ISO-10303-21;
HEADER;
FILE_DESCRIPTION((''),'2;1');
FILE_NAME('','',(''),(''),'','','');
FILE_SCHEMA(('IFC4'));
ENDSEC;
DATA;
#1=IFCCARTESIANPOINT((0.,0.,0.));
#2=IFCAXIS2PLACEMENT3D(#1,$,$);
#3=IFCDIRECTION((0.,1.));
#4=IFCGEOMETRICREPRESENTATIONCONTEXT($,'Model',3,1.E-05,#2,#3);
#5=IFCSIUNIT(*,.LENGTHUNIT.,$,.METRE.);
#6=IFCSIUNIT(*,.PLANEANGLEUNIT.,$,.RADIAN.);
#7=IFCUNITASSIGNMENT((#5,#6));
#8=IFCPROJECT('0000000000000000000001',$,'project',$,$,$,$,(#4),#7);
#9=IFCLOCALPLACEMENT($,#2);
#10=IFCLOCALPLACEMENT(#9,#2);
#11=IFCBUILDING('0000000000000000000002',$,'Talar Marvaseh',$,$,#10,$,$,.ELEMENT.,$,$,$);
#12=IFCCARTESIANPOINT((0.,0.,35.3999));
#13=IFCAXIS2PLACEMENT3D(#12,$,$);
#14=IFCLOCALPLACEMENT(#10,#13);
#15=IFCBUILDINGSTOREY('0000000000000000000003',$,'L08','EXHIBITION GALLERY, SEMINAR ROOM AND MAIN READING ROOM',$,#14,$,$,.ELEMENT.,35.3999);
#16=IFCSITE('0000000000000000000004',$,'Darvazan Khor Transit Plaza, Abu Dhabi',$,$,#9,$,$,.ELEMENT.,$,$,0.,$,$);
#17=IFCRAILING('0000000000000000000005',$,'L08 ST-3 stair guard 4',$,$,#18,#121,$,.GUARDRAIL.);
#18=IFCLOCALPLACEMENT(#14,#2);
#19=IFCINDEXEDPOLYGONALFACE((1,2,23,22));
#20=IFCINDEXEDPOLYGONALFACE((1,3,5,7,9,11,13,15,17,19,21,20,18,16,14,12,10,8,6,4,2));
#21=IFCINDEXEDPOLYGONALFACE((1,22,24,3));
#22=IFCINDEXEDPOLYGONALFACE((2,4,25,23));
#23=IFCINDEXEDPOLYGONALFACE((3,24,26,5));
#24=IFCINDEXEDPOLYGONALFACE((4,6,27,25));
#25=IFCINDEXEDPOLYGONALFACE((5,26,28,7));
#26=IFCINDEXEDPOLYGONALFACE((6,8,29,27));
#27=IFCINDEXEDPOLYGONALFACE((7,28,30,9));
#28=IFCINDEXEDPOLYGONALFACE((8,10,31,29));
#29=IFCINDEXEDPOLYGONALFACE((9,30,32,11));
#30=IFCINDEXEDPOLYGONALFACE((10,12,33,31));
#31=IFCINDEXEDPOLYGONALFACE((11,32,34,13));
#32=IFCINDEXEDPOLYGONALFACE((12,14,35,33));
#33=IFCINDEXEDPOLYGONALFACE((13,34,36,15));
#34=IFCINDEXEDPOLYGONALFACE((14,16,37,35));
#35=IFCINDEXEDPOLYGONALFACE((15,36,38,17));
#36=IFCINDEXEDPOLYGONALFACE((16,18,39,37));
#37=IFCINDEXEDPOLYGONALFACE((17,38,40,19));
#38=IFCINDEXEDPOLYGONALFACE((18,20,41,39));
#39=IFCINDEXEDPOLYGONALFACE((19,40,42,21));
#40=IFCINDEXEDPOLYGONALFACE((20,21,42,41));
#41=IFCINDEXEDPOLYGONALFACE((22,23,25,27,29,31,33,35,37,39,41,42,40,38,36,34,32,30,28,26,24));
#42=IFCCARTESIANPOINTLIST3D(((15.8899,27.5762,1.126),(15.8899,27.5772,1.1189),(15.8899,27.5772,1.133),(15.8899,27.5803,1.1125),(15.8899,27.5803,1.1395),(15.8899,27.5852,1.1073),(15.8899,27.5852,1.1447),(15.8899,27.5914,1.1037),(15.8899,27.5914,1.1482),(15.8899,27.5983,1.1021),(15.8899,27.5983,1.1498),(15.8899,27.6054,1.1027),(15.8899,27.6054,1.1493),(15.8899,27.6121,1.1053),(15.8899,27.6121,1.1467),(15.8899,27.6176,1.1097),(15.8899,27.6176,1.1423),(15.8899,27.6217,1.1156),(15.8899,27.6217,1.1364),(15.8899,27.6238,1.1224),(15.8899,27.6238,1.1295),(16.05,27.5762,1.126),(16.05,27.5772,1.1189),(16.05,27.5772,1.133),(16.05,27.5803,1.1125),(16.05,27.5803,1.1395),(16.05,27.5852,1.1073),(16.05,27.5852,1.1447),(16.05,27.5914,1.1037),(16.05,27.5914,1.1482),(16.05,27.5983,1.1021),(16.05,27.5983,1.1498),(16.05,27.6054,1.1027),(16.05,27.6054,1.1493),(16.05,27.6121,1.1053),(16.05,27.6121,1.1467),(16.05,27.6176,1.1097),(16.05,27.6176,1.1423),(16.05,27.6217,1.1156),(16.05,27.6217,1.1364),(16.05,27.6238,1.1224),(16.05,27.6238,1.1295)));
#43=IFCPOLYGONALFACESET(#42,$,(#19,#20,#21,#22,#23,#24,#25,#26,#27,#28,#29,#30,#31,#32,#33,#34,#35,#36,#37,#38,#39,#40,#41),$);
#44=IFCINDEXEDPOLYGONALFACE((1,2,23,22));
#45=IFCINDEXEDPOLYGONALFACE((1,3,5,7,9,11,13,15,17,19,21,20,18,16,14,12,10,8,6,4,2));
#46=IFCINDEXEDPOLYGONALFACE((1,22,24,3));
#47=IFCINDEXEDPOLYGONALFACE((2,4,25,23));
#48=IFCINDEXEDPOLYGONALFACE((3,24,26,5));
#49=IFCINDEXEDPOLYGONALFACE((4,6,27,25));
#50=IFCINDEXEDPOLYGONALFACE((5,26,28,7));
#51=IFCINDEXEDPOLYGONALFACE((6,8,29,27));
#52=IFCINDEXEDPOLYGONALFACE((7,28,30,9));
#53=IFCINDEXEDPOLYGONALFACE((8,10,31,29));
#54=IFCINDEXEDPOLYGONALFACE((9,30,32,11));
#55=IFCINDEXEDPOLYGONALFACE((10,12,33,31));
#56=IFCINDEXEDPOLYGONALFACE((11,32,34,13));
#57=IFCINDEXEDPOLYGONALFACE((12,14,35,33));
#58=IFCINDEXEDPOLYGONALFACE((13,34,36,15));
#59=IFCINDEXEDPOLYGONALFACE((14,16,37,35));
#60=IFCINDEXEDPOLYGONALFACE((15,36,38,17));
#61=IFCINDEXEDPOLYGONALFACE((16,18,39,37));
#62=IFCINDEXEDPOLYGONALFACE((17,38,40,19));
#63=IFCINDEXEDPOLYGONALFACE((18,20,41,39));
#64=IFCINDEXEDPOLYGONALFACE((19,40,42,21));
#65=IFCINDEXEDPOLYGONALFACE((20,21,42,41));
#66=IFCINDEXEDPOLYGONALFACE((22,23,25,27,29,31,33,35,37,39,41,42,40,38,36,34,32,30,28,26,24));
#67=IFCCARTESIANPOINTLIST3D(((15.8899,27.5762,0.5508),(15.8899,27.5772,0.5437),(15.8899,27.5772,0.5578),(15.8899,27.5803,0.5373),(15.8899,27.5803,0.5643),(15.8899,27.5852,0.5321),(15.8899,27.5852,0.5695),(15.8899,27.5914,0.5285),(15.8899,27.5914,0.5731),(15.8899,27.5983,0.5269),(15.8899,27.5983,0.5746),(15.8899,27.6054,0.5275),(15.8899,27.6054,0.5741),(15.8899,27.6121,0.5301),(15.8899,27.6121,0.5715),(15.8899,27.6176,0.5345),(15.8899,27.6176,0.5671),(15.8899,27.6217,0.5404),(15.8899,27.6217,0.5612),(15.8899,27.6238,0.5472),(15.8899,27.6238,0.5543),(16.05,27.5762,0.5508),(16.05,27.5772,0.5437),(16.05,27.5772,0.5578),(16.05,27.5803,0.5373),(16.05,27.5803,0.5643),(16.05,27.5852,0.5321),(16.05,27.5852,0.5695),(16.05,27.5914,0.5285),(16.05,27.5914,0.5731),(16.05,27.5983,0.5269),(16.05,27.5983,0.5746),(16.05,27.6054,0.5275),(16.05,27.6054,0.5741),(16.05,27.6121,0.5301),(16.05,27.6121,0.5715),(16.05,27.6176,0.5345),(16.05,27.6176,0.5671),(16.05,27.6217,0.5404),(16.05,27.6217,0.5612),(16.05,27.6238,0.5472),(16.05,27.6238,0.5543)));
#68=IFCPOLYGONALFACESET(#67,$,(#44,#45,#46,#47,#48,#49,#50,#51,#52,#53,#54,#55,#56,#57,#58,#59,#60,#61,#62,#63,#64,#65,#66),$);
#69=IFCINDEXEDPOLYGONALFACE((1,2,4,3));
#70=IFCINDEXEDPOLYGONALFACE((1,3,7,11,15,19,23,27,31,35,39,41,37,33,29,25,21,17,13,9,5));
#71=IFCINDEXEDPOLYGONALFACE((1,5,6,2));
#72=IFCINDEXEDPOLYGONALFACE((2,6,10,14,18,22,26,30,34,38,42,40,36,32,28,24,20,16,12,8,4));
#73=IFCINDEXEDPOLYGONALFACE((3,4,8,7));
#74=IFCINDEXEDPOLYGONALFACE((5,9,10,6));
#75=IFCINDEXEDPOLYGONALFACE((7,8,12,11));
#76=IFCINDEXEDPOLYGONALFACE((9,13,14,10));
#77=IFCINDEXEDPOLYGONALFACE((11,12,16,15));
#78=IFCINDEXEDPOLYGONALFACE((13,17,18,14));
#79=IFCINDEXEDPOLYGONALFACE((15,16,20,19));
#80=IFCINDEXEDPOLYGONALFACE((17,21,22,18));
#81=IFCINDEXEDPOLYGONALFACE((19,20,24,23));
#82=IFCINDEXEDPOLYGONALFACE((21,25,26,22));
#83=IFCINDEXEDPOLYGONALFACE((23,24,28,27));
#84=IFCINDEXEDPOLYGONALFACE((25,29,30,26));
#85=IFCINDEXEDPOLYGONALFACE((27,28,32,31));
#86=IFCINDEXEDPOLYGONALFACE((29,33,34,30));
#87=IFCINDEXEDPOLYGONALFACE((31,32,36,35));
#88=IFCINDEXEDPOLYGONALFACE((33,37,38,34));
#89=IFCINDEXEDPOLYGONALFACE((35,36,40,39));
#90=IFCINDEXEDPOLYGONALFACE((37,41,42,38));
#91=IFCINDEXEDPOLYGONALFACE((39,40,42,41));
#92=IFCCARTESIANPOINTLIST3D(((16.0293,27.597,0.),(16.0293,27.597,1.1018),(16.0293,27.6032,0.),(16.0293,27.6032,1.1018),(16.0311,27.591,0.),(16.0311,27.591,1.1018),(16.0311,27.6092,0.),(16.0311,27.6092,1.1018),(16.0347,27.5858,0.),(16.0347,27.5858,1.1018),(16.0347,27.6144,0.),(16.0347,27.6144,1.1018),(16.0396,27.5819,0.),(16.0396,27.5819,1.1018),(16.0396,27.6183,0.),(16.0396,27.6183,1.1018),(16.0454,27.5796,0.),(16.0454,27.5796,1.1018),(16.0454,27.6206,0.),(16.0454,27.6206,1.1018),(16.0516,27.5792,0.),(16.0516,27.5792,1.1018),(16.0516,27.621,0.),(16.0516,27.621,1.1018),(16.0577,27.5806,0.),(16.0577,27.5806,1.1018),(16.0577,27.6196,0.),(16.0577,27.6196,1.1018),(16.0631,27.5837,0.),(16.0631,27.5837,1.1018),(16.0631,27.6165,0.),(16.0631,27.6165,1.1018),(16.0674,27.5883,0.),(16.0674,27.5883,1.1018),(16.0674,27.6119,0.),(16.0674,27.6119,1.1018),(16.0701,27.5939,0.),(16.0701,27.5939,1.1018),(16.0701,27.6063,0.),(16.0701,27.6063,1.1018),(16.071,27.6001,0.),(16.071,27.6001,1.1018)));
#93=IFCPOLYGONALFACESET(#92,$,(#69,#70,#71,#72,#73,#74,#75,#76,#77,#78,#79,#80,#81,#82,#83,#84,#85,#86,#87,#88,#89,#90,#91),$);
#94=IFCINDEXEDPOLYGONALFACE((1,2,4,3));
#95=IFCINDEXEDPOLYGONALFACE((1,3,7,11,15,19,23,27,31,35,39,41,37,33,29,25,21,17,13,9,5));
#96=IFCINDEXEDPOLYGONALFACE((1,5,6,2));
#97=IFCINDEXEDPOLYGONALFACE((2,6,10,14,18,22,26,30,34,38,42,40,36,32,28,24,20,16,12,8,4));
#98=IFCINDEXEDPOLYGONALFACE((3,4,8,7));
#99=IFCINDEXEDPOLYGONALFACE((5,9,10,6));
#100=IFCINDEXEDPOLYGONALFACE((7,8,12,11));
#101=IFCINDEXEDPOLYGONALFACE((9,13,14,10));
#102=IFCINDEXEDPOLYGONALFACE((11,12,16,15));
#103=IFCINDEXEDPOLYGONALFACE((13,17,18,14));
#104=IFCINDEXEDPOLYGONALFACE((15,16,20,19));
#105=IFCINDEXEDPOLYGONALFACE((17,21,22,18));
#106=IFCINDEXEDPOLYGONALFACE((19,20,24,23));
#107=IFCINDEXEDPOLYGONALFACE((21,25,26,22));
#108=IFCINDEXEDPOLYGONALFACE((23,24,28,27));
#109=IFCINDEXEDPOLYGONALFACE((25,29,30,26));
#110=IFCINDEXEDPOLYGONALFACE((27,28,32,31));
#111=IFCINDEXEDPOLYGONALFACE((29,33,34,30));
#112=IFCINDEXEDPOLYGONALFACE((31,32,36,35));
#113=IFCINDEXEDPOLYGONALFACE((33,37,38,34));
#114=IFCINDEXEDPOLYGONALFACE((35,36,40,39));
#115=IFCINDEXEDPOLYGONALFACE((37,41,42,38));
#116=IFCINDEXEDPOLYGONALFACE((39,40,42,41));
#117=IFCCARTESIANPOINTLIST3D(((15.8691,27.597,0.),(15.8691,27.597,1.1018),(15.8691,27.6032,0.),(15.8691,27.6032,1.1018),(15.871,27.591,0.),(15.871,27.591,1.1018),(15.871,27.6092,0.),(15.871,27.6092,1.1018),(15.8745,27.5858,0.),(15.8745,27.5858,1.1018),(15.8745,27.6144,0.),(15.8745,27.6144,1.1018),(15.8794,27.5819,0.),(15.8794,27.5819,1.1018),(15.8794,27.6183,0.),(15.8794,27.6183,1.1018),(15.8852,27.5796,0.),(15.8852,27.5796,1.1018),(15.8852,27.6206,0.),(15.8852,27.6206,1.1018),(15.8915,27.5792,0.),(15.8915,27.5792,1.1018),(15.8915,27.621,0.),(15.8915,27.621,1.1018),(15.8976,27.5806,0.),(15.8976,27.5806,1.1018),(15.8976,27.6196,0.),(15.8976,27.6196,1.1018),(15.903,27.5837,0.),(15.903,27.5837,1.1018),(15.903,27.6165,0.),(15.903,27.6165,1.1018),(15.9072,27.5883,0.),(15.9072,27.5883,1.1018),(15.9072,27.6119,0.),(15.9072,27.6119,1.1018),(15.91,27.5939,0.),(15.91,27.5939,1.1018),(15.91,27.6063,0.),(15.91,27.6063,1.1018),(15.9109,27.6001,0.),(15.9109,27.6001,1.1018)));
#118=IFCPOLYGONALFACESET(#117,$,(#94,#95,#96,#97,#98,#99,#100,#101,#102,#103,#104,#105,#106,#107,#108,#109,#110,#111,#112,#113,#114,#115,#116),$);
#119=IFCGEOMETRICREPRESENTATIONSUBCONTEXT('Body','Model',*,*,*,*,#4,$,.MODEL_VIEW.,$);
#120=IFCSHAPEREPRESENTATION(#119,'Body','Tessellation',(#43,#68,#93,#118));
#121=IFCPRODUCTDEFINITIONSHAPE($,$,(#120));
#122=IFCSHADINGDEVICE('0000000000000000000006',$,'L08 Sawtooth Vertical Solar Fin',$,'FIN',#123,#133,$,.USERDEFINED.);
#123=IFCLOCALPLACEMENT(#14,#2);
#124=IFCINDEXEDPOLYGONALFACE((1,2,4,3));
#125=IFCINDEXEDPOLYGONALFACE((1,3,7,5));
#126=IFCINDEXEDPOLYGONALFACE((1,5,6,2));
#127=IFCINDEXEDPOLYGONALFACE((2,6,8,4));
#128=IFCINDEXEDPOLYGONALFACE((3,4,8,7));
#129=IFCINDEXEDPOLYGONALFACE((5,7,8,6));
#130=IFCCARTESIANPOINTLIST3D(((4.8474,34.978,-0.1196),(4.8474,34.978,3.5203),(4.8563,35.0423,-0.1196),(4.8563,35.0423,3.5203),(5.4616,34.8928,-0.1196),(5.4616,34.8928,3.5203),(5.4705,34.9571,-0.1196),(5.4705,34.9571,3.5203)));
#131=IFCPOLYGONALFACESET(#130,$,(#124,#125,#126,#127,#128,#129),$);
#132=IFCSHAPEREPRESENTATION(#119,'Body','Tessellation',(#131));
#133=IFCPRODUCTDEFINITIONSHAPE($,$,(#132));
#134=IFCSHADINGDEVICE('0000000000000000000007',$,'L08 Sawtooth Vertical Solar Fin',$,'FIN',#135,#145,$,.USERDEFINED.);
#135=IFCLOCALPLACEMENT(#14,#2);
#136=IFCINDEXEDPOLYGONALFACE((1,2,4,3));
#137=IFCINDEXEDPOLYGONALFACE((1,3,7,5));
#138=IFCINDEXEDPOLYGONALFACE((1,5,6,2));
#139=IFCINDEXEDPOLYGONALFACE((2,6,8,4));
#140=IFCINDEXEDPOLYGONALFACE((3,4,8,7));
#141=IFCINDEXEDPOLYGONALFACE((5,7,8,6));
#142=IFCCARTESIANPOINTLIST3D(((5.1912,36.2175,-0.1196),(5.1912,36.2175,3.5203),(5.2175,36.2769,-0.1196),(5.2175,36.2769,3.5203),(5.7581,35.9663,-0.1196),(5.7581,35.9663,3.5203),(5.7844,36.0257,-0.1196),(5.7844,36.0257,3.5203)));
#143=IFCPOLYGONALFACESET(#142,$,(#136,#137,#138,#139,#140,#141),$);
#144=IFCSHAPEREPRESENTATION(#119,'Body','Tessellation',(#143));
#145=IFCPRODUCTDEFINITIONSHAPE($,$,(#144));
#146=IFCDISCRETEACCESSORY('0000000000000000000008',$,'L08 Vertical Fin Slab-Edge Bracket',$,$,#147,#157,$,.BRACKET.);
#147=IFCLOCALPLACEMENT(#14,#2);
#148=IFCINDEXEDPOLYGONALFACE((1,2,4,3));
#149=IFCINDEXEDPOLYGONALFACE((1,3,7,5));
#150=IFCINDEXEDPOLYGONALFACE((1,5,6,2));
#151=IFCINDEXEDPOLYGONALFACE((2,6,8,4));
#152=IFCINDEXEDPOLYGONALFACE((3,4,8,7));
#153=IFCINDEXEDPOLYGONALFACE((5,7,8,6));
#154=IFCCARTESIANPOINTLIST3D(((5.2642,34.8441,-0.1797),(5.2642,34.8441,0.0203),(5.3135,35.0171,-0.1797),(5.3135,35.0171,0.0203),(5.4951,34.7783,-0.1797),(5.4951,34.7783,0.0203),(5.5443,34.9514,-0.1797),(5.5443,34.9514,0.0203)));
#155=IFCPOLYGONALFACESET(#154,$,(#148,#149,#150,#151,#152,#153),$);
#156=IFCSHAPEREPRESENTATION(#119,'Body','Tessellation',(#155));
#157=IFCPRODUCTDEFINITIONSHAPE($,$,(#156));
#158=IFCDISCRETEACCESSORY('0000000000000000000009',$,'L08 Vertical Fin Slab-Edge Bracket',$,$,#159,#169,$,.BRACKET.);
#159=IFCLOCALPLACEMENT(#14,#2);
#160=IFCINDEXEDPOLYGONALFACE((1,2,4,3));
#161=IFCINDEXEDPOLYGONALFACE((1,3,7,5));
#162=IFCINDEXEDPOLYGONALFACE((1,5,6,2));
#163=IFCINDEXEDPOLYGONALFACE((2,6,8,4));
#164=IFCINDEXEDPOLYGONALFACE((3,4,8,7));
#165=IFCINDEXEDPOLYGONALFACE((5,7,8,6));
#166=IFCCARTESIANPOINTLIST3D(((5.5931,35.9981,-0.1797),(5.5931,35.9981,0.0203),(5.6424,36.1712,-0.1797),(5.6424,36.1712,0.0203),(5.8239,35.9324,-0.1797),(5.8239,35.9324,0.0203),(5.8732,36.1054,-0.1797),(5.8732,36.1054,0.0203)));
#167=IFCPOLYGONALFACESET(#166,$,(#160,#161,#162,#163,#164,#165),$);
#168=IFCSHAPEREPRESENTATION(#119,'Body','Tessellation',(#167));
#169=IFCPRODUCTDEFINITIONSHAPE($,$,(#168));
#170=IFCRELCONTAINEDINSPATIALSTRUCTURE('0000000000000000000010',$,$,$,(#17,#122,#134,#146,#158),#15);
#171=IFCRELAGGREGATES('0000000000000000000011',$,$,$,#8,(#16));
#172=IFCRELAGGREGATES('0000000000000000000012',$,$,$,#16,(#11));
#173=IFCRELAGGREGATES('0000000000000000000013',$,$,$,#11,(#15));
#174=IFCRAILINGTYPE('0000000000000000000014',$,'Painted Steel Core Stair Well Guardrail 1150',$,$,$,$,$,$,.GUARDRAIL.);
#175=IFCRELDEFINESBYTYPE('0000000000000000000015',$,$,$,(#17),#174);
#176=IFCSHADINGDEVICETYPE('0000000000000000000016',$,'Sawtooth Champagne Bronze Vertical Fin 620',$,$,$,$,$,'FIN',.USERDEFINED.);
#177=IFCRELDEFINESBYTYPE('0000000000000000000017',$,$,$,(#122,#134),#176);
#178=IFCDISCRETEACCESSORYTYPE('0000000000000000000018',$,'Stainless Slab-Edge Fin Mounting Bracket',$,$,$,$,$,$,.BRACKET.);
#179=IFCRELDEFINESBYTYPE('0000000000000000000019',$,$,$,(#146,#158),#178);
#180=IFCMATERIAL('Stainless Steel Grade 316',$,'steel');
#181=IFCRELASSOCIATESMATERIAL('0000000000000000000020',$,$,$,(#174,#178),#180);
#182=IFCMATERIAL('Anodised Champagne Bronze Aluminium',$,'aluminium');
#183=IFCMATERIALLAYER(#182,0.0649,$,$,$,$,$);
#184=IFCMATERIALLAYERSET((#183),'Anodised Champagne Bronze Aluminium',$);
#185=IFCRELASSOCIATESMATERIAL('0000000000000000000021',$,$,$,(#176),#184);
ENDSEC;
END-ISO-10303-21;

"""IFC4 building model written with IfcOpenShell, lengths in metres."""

from ifc_helpers import new_model, si_unit, direction, frame, origin, origin_2d, place, context, subcontext, project, spatial, rectangle, circle, extrude, source, transform, mapped, material, layer, layer_set, type_object, type_shapes, element, save


model = new_model("IFC4")

# Units and contexts
model_context = context("Model", 3, precision=1e-05, world=origin(), true_north=direction((0.0, 1.0)))
body_context = subcontext(model_context, "Body", "Model", "MODEL_VIEW")
ifc_project = project(units=[si_unit("LENGTHUNIT", "METRE"), si_unit("PLANEANGLEUNIT", "RADIAN")], contexts=[model_context])

# Site, building, storey
site_placement = place(None, origin())
site = spatial("IfcSite", under=ifc_project, at=site_placement, Name="Darvazan Khor Transit Plaza, Abu Dhabi", CompositionType="ELEMENT", RefElevation=0.0)
building_placement = place(site_placement, origin())
building = spatial("IfcBuilding", under=site, at=building_placement, Name="Talar Marvaseh", CompositionType="ELEMENT")
storey_placement = place(building_placement, frame((0.0, 0.0, 35.3999)))
storey = spatial("IfcBuildingStorey", under=building, at=storey_placement, Name="L08", Description="EXHIBITION GALLERY, SEMINAR ROOM AND MAIN READING ROOM", CompositionType="ELEMENT", Elevation=35.3999)

# Railing
ifc_material_1 = material(Name="Stainless Steel Grade 316", Category="steel")
railing_type_1 = type_object("IfcRailingType", Name="Painted Steel Core Stair Well Guardrail 1150", PredefinedType="GUARDRAIL", material=ifc_material_1)
railing_1_placement = place(storey_placement, frame((16.05, 27.6001, 0.0)))
element("IfcRailing", 1, at=railing_1_placement, inside=storey, type_object=railing_type_1, Name="L08 ST-3 stair guard 4", PredefinedType="GUARDRAIL", context=body_context, shape_type="SweptSolid", body=[
    extrude(circle(Radius=0.0239, at=origin_2d()), frame((0.0, 0.0, 1.126), z_axis=(-1.0, 0.0, 0.0), x_axis=(0.0, -1.0, 0.0)), (0.0, 0.0, 1.0), 0.1602),
    extrude(circle(Radius=0.0239, at=origin_2d()), frame((0.0, 0.0, 0.5508), z_axis=(-1.0, 0.0, 0.0), x_axis=(0.0, -1.0, 0.0)), (0.0, 0.0, 1.0), 0.1602),
    extrude(circle(Radius=0.021, at=origin_2d()), origin(), (0.0, 0.0, 1.0), 1.1018),
    extrude(circle(Radius=0.021, at=origin_2d()), frame((-0.1602, 0.0, 0.0)), (0.0, 0.0, 1.0), 1.1018),
])

# Shading devices
ifc_material_2 = material(Name="Anodised Champagne Bronze Aluminium", Category="aluminium")
ifc_layer_1 = layer(ifc_material_2, 0.0649)
ifc_layer_set_1 = layer_set([ifc_layer_1], Name="Anodised Champagne Bronze Aluminium")
shading_device_type = type_object("IfcShadingDeviceType", Name="Sawtooth Champagne Bronze Vertical Fin 620", ElementType="FIN", PredefinedType="USERDEFINED", material=ifc_layer_set_1)
shared_shape_1 = source(origin(), body_context, "Body", "SweptSolid", [
    extrude(rectangle(XDim=0.6201, YDim=0.0649, at=origin_2d()), origin(), (0.0, 0.0, 1.0), 3.6399),
])
type_shapes(shading_device_type, [shared_shape_1])
for number, where, z_axis, x_axis, name in (
    (2, (5.1589, 34.9675, -0.1196), (0.0, 0.0, 1.0), (-0.990509, 0.137445, 0.0), "L08 Sawtooth Vertical Solar Fin"),
    (3, (5.4878, 36.1216, -0.1196), (0.0, 0.0, 1.0), (-0.914254, 0.405142, 0.0), "L08 Sawtooth Vertical Solar Fin"),
):
    element("IfcShadingDevice", number, at=place(storey_placement, frame(where, z_axis=z_axis, x_axis=x_axis)), inside=storey, type_object=shading_device_type, Name=name, ObjectType="FIN", PredefinedType="USERDEFINED", context=body_context, shape_type="MappedRepresentation", body=[
        mapped(shared_shape_1, transform((0.0, 0.0, 0.0), x_axis=(1.0, 0.0, 0.0), y_axis=(0.0, 1.0, 0.0), z_axis=(0.0, 0.0, 1.0), scale=1.0)),
    ])

# Discrete accessories
discrete_accessory_type = type_object("IfcDiscreteAccessoryType", Name="Stainless Slab-Edge Fin Mounting Bracket", PredefinedType="BRACKET", material=ifc_material_1)
shared_shape_2 = source(origin(), body_context, "Body", "SweptSolid", [
    extrude(rectangle(XDim=0.24, YDim=0.1799, at=origin_2d()), origin(), (0.0, 0.0, 1.0), 0.2),
])
type_shapes(discrete_accessory_type, [shared_shape_2])
for number, where, z_axis, x_axis, name in (
    (4, (5.4043, 34.8977, -0.1797), (0.0, 0.0, 1.0), (-0.961741, 0.273959, 0.0), "L08 Vertical Fin Slab-Edge Bracket"),
    (5, (5.7332, 36.0518, -0.1797), (0.0, 0.0, 1.0), (-0.961741, 0.273959, 0.0), "L08 Vertical Fin Slab-Edge Bracket"),
):
    element("IfcDiscreteAccessory", number, at=place(storey_placement, frame(where, z_axis=z_axis, x_axis=x_axis)), inside=storey, type_object=discrete_accessory_type, Name=name, PredefinedType="BRACKET", context=body_context, shape_type="MappedRepresentation", body=[
        mapped(shared_shape_2, transform((0.0, 0.0, 0.0), x_axis=(1.0, 0.0, 0.0), y_axis=(0.0, 1.0, 0.0), z_axis=(0.0, 0.0, 1.0), scale=1.0)),
    ])

save(model, "model.ifc")
